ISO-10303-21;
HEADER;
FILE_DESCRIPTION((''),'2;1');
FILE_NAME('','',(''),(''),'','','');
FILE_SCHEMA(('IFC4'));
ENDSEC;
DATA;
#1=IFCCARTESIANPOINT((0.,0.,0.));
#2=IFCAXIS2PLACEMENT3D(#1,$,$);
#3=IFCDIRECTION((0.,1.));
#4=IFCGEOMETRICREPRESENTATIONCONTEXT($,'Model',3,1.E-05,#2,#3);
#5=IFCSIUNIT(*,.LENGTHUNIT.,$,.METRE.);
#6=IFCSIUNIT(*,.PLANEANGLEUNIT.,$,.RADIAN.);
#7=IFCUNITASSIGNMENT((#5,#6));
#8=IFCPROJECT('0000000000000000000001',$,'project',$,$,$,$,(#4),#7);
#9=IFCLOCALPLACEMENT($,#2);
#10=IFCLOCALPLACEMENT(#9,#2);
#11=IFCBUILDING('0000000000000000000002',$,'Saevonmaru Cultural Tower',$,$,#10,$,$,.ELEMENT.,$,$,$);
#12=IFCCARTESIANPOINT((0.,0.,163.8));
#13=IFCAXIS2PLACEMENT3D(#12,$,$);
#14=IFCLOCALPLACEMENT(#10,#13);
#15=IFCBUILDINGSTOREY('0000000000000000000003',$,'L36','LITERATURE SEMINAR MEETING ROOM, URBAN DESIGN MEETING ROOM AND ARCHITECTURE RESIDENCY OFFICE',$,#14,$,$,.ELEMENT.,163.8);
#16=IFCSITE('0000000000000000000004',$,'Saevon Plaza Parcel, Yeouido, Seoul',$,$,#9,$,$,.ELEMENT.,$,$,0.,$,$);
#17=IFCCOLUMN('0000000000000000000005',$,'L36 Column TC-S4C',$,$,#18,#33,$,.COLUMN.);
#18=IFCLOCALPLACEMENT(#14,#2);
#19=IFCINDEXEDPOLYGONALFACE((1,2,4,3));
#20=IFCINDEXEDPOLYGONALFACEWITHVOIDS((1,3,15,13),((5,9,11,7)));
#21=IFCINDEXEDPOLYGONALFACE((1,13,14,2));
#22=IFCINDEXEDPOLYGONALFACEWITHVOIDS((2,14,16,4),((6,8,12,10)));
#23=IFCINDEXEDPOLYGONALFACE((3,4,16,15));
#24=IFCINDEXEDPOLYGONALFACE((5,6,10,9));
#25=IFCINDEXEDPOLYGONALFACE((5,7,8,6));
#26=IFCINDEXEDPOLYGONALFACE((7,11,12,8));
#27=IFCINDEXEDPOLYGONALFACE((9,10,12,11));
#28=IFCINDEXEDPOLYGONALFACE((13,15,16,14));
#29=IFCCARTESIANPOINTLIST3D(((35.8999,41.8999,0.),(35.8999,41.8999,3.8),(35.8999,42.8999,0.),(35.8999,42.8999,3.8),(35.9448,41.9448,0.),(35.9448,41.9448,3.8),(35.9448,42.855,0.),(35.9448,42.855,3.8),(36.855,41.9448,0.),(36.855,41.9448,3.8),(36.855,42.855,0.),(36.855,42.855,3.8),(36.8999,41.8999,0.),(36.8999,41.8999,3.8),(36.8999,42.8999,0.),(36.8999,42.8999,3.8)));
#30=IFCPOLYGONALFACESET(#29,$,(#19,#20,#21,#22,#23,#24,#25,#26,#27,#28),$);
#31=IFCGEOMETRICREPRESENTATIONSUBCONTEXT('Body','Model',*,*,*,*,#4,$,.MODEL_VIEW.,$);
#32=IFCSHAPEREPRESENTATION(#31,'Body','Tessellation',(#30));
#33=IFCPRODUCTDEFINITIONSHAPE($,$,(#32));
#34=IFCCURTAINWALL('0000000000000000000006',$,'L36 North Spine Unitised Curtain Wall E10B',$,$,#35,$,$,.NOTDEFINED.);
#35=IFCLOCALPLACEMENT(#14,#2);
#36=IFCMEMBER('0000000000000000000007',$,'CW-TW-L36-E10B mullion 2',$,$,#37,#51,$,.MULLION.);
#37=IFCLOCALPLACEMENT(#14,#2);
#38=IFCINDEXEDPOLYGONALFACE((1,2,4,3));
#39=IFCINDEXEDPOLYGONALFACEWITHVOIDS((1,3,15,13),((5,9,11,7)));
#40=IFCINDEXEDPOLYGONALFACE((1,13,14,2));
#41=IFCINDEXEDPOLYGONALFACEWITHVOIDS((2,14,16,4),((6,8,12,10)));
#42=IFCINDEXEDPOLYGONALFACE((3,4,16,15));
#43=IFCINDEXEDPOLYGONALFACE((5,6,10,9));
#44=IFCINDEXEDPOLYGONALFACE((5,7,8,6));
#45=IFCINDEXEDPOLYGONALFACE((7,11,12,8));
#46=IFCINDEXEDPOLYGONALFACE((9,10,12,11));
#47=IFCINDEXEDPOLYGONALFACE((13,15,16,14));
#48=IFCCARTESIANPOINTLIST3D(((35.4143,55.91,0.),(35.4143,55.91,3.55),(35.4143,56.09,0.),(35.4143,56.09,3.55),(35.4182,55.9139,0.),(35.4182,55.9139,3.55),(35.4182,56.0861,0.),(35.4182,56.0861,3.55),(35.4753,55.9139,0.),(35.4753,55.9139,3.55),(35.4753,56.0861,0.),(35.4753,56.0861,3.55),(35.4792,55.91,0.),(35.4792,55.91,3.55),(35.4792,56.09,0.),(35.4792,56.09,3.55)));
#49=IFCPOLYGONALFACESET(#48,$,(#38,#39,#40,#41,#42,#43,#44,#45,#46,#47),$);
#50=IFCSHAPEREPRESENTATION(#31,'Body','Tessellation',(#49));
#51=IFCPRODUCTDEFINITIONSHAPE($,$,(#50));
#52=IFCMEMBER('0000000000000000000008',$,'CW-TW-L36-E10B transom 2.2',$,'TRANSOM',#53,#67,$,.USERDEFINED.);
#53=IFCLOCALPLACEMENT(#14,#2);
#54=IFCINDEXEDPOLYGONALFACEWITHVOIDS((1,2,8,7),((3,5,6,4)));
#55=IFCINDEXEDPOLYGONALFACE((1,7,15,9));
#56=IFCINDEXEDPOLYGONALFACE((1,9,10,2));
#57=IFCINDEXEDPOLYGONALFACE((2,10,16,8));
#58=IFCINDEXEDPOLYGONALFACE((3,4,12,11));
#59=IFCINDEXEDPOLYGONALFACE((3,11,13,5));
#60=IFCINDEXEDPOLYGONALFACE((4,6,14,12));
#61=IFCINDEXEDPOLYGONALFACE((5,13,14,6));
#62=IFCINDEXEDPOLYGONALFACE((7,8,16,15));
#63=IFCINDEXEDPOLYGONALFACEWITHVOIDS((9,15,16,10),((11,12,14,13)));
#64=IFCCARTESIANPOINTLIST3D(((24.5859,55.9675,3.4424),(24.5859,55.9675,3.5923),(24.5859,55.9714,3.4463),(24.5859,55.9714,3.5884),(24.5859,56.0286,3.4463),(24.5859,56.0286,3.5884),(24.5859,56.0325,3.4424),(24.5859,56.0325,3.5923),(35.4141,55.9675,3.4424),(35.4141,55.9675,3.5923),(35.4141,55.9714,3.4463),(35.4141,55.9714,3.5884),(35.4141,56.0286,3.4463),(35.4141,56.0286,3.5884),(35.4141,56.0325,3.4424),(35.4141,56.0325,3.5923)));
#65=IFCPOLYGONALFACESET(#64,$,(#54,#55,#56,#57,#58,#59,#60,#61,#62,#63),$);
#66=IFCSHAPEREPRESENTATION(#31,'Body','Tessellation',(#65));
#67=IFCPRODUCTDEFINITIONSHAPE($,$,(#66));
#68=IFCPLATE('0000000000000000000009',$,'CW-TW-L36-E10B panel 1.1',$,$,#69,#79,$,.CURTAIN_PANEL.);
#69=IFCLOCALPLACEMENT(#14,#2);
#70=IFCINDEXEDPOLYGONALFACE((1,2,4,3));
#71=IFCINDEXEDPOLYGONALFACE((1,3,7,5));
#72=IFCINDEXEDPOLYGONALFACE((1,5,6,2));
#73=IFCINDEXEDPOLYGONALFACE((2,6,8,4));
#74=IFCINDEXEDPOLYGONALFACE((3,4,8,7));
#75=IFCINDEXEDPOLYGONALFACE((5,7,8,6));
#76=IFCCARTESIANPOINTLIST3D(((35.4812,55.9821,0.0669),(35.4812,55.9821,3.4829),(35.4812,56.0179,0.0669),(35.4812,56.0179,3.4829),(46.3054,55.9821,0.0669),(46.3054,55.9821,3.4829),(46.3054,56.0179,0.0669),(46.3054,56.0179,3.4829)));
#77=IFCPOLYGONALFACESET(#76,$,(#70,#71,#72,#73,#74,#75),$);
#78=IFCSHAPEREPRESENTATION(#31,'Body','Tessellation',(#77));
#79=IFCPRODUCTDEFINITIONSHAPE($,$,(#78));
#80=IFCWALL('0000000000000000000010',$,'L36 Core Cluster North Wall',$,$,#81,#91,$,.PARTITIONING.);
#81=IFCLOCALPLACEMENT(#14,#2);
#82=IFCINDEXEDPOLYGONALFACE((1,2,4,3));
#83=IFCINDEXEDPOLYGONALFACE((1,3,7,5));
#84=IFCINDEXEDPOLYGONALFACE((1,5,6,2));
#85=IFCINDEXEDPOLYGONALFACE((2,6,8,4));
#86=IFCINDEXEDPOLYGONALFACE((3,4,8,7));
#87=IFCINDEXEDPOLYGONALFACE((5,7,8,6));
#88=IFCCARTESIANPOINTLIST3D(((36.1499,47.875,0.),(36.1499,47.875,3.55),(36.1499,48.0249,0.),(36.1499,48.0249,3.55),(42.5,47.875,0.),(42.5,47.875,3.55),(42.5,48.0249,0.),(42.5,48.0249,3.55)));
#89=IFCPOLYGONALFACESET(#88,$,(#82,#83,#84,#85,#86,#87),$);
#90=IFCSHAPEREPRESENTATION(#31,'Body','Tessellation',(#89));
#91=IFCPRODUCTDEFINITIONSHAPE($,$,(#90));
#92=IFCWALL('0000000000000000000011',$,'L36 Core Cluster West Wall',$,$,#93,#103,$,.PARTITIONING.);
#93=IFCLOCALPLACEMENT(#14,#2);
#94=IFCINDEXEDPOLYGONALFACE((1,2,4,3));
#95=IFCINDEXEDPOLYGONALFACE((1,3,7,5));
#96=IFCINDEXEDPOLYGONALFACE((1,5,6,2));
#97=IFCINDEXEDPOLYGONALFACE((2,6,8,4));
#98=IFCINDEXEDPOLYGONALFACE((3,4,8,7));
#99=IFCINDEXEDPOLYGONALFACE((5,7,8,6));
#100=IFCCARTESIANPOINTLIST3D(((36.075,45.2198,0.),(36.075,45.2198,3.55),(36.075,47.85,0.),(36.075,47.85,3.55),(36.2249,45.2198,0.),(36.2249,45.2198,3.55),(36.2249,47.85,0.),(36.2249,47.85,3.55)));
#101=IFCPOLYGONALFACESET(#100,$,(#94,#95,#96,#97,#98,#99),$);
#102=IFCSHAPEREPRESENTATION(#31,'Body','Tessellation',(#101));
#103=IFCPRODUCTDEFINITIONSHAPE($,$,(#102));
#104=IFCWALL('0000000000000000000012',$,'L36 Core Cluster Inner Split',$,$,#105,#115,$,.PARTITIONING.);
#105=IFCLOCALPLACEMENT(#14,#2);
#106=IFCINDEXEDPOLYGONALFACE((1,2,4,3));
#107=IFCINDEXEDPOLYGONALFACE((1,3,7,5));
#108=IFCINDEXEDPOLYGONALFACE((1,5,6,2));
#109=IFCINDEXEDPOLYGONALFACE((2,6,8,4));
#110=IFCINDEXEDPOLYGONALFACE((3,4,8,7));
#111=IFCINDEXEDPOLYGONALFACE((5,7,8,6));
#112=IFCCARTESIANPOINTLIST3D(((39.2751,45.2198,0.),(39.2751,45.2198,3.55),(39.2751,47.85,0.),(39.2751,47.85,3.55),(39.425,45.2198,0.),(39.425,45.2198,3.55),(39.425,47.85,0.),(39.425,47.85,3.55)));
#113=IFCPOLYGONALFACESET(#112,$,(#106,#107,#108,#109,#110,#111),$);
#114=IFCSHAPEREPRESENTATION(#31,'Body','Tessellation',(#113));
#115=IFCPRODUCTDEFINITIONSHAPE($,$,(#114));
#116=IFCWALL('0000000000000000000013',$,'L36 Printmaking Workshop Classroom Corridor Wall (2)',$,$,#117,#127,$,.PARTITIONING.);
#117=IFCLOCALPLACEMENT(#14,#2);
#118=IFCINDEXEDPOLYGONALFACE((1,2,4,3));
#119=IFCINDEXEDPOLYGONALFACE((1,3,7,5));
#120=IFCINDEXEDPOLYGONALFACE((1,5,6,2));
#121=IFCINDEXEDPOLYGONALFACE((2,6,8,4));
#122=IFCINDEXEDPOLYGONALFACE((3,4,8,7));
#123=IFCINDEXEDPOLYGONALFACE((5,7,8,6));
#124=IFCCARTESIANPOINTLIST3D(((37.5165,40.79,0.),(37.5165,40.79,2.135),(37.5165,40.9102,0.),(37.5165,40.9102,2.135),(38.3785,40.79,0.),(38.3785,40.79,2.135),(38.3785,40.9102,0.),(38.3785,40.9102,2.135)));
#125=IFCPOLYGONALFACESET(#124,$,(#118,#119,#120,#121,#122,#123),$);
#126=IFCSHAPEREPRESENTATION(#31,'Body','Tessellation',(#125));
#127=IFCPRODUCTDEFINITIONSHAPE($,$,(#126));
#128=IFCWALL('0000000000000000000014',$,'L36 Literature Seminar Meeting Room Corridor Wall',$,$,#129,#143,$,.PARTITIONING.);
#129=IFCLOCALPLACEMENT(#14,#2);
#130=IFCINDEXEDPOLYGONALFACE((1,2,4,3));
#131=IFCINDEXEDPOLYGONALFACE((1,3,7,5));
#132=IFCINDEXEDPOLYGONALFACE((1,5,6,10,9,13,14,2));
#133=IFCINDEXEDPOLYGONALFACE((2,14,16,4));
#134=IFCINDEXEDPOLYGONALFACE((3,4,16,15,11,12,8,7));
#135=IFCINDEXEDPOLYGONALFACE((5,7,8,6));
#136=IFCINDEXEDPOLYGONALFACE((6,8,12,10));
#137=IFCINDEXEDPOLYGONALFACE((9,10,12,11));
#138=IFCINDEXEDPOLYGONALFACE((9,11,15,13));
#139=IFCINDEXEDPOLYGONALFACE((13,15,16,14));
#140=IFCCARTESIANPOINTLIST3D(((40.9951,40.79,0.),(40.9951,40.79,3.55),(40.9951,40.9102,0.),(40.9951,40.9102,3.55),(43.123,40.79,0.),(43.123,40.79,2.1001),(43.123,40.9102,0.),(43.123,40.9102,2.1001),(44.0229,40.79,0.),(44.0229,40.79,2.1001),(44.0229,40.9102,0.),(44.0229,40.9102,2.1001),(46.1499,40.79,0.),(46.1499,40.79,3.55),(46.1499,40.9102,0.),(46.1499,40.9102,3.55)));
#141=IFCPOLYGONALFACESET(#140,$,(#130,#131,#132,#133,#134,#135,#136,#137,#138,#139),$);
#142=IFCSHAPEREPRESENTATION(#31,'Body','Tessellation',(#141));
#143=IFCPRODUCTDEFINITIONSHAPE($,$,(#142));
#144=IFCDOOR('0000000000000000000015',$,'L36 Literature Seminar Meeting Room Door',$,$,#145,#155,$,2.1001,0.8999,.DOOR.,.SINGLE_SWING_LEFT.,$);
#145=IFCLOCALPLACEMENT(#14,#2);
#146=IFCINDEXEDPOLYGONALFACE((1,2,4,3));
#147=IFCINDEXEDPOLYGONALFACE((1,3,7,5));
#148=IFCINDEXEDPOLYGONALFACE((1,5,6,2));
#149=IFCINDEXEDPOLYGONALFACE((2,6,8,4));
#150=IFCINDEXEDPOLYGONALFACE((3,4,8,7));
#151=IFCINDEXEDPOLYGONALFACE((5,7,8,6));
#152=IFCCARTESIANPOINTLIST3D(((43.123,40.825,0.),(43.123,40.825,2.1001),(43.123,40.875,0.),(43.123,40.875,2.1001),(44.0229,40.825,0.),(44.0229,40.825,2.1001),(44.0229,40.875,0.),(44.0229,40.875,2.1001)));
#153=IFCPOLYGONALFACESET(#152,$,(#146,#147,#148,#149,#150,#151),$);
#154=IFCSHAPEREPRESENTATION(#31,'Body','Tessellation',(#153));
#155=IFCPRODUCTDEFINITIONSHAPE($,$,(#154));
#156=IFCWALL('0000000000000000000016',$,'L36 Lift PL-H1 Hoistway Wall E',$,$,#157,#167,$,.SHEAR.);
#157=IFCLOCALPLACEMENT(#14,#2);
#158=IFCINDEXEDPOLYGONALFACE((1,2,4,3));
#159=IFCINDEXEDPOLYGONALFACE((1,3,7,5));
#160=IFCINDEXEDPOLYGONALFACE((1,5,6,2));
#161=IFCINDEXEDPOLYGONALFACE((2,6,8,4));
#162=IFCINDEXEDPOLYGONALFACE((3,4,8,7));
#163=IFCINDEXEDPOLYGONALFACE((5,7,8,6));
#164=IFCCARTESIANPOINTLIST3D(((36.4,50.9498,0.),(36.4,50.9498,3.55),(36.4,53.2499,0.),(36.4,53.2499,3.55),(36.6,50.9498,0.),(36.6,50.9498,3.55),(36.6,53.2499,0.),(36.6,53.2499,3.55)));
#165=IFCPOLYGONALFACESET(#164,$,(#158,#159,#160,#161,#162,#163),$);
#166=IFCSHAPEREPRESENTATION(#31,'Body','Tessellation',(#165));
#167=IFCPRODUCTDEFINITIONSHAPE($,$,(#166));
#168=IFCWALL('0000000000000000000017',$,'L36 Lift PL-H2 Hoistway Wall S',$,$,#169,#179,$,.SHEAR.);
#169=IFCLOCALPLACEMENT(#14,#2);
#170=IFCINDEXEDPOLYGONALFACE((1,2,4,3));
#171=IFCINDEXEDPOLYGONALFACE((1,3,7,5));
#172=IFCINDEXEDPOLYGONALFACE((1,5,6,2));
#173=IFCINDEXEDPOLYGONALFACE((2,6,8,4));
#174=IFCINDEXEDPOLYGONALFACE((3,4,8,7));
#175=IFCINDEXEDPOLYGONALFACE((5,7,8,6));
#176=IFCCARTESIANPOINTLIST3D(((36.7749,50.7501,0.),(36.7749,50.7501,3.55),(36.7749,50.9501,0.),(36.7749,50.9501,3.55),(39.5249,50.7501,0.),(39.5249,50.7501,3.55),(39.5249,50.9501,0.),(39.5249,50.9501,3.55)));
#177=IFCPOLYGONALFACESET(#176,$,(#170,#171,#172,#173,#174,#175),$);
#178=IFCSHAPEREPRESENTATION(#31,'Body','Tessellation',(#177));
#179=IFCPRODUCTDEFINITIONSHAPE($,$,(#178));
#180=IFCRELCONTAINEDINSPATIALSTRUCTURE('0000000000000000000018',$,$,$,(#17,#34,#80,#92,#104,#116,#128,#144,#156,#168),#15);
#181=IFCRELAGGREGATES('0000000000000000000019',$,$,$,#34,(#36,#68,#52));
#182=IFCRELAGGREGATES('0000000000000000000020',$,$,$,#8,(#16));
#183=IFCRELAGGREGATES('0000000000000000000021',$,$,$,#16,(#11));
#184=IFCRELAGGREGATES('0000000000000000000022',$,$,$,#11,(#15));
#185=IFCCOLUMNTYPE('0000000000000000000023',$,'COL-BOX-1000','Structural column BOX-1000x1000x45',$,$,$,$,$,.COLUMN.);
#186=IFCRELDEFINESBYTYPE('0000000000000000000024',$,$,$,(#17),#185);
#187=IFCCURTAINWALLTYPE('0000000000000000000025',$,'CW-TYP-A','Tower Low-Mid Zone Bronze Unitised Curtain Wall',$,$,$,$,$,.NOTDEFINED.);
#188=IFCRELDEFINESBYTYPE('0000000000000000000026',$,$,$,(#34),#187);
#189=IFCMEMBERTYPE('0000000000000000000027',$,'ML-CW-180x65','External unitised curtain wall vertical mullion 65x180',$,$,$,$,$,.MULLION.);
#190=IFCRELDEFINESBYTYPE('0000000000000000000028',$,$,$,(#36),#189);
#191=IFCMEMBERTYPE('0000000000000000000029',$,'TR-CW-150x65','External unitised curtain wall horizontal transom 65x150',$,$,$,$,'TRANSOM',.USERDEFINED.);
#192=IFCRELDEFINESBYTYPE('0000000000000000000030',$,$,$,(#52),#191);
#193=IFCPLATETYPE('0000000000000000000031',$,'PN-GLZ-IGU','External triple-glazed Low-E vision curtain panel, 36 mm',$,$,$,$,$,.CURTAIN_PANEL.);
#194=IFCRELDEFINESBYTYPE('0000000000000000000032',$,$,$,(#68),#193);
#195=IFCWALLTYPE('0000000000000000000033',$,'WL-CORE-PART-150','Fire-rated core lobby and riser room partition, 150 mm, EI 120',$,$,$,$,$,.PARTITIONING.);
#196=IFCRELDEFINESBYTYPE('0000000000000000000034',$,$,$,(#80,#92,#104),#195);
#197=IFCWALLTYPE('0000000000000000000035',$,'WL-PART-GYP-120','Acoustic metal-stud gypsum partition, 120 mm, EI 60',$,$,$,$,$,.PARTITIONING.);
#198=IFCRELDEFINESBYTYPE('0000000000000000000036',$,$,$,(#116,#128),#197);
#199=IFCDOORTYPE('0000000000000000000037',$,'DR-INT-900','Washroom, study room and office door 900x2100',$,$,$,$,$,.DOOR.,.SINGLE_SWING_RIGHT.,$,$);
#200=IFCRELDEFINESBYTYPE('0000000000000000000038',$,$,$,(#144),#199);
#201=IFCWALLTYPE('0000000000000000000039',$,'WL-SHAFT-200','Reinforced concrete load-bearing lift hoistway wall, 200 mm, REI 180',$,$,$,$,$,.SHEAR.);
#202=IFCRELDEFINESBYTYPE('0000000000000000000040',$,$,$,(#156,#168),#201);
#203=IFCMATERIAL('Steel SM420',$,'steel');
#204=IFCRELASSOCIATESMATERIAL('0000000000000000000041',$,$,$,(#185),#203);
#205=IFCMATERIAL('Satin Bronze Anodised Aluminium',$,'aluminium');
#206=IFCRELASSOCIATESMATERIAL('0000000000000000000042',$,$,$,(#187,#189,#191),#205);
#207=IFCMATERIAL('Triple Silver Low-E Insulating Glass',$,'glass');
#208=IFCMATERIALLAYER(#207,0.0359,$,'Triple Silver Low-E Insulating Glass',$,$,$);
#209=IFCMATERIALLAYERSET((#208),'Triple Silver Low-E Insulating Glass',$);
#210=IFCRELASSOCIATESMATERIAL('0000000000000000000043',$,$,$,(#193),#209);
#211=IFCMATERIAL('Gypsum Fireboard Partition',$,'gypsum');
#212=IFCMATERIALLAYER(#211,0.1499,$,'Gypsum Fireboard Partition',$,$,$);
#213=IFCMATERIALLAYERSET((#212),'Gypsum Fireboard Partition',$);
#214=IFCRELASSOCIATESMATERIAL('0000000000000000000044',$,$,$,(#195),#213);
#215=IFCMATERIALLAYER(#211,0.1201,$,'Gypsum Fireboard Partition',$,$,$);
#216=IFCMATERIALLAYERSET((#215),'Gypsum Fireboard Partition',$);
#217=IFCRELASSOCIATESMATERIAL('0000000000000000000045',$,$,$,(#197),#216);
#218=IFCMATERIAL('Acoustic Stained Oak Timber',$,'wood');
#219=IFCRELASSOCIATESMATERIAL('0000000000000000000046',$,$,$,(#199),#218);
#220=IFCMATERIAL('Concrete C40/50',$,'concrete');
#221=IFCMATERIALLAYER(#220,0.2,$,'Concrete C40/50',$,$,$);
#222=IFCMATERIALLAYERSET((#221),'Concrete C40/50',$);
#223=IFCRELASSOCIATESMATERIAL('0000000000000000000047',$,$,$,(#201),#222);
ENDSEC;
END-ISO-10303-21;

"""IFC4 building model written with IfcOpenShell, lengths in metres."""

from ifc_helpers import new_model, si_unit, direction, frame, frame_2d, origin, origin_2d, place, context, subcontext, project, spatial, rectangle, hollow_rectangle, extrude, material, layer, layer_set, material_profile, profile_set, type_object, element, fill, aggregate, save


model = new_model("IFC4")

# Units and contexts
model_context = context("Model", 3, precision=1e-05, world=origin(), true_north=direction((0.0, 1.0)))
body_context = subcontext(model_context, "Body", "Model", "MODEL_VIEW")
ifc_project = project(units=[si_unit("LENGTHUNIT", "METRE"), si_unit("PLANEANGLEUNIT", "RADIAN")], contexts=[model_context])

# Site, building, storey
site_placement = place(None, origin())
site = spatial("IfcSite", under=ifc_project, at=site_placement, Name="Saevon Plaza Parcel, Yeouido, Seoul", CompositionType="ELEMENT", RefElevation=0.0)
building_placement = place(site_placement, origin())
building = spatial("IfcBuilding", under=site, at=building_placement, Name="Saevonmaru Cultural Tower", CompositionType="ELEMENT")
storey_placement = place(building_placement, frame((0.0, 0.0, 163.8)))
storey = spatial("IfcBuildingStorey", under=building, at=storey_placement, Name="L36", Description="LITERATURE SEMINAR MEETING ROOM, URBAN DESIGN MEETING ROOM AND ARCHITECTURE RESIDENCY OFFICE", CompositionType="ELEMENT", Elevation=163.8)

# Column
ifc_material_1 = material(Name="Steel SM420", Category="steel")
ifc_material_profile_1 = material_profile(ifc_material_1, hollow_rectangle(XDim=1.0, YDim=1.0, WallThickness=0.0449, at=origin_2d()), Name="BOX-1000x1000x45")
ifc_profile_set_1 = profile_set([ifc_material_profile_1], Name="Steel SM420")
column_type = type_object("IfcColumnType", Name="COL-BOX-1000", Description="Structural column BOX-1000x1000x45", PredefinedType="COLUMN", material=ifc_profile_set_1)
column_placement = place(storey_placement, frame((36.3999, 42.3999, 0.0), z_axis=(0.0, 0.0, 1.0), x_axis=(1.0, 0.0, 0.0)))
element("IfcColumn", 1, at=column_placement, inside=storey, type_object=column_type, Name="L36 Column TC-S4C", PredefinedType="COLUMN", context=body_context, shape_type="SweptSolid", body=[
    extrude(hollow_rectangle(XDim=1.0, YDim=1.0, WallThickness=0.0449, at=origin_2d()), origin(), (0.0, 0.0, 1.0), 3.8),
])

# Curtain wall, members, plate
ifc_material_2 = material(Name="Satin Bronze Anodised Aluminium", Category="aluminium")
curtain_wall_type = type_object("IfcCurtainWallType", Name="CW-TYP-A", Description="Tower Low-Mid Zone Bronze Unitised Curtain Wall", PredefinedType="NOTDEFINED", material=ifc_material_2)
curtain_wall_placement = place(storey_placement, origin())
curtain_wall = element("IfcCurtainWall", 2, at=curtain_wall_placement, inside=storey, type_object=curtain_wall_type, Name="L36 North Spine Unitised Curtain Wall E10B", PredefinedType="NOTDEFINED")
ifc_material_profile_2 = material_profile(ifc_material_2, hollow_rectangle(XDim=0.0649, YDim=0.1799, WallThickness=0.0039, at=origin_2d()), Name="ALU-MULL-180x65x4")
ifc_profile_set_2 = profile_set([ifc_material_profile_2], Name="Satin Bronze Anodised Aluminium")
member_type_1 = type_object("IfcMemberType", Name="ML-CW-180x65", Description="External unitised curtain wall vertical mullion 65x180", PredefinedType="MULLION", material=ifc_profile_set_2)
member_1_placement = place(storey_placement, frame((35.4468, 56.0, 0.0), z_axis=(0.0, 0.0, 1.0), x_axis=(-1.0, 0.0, 0.0)))
member_1 = element("IfcMember", 3, at=member_1_placement, type_object=member_type_1, Name="CW-TW-L36-E10B mullion 2", PredefinedType="MULLION", context=body_context, shape_type="SweptSolid", body=[
    extrude(hollow_rectangle(XDim=0.0649, YDim=0.1799, WallThickness=0.0039, at=origin_2d()), origin(), (0.0, 0.0, 1.0), 3.55),
])
ifc_material_profile_3 = material_profile(ifc_material_2, hollow_rectangle(XDim=0.0649, YDim=0.1499, WallThickness=0.0039, at=origin_2d()), Name="ALU-TRAN-150x65x4")
ifc_profile_set_3 = profile_set([ifc_material_profile_3], Name="Satin Bronze Anodised Aluminium")
member_type_2 = type_object("IfcMemberType", Name="TR-CW-150x65", Description="External unitised curtain wall horizontal transom 65x150", ElementType="TRANSOM", PredefinedType="USERDEFINED", material=ifc_profile_set_3)
member_2_placement = place(storey_placement, frame((35.4141, 56.0, 3.5173), z_axis=(-1.0, 0.0, 0.0), x_axis=(0.0, -1.0, 0.0)))
member_2 = element("IfcMember", 4, at=member_2_placement, type_object=member_type_2, Name="CW-TW-L36-E10B transom 2.2", ObjectType="TRANSOM", PredefinedType="USERDEFINED", context=body_context, shape_type="SweptSolid", body=[
    extrude(hollow_rectangle(XDim=0.0649, YDim=0.1499, WallThickness=0.0039, at=origin_2d()), origin(), (0.0, 0.0, 1.0), 10.8281),
])
ifc_material_3 = material(Name="Triple Silver Low-E Insulating Glass", Category="glass")
ifc_layer_1 = layer(ifc_material_3, 0.0359, Name="Triple Silver Low-E Insulating Glass")
ifc_layer_set_1 = layer_set([ifc_layer_1], Name="Triple Silver Low-E Insulating Glass")
plate_type = type_object("IfcPlateType", Name="PN-GLZ-IGU", Description="External triple-glazed Low-E vision curtain panel, 36 mm", PredefinedType="CURTAIN_PANEL", material=ifc_layer_set_1)
plate_placement = place(storey_placement, frame((40.8933, 56.0, 0.0669), z_axis=(0.0, 0.0, 1.0), x_axis=(-1.0, 0.0, 0.0)))
plate = element("IfcPlate", 5, at=plate_placement, type_object=plate_type, Name="CW-TW-L36-E10B panel 1.1", PredefinedType="CURTAIN_PANEL", context=body_context, shape_type="SweptSolid", body=[
    extrude(rectangle(XDim=10.8242, YDim=0.0359, at=origin_2d()), origin(), (0.0, 0.0, 1.0), 3.416),
])
aggregate(curtain_wall, [member_1, plate, member_2])

# Shared definitions
ifc_material_4 = material(Name="Gypsum Fireboard Partition", Category="gypsum")
ifc_layer_2 = layer(ifc_material_4, 0.1499, Name="Gypsum Fireboard Partition")
ifc_layer_set_2 = layer_set([ifc_layer_2], Name="Gypsum Fireboard Partition")
wall_type_1 = type_object("IfcWallType", Name="WL-CORE-PART-150", Description="Fire-rated core lobby and riser room partition, 150 mm, EI 120", PredefinedType="PARTITIONING", material=ifc_layer_set_2)

# Walls
wall_1_placement = place(storey_placement, frame((36.1499, 47.95, 0.0), z_axis=(0.0, 0.0, 1.0), x_axis=(1.0, 0.0, 0.0)))
element("IfcWall", 6, at=wall_1_placement, inside=storey, type_object=wall_type_1, Name="L36 Core Cluster North Wall", PredefinedType="PARTITIONING", context=body_context, shape_type="SweptSolid", body=[
    extrude(rectangle(XDim=6.3501, YDim=0.1499, at=frame_2d((3.175, 0.0))), origin(), (0.0, 0.0, 1.0), 3.55),
])
for number, where, z_axis, x_axis, name in (
    (7, (36.1499, 45.22, 0.0), (0.0, 0.0, 1.0), (0.0, 1.0, 0.0), "L36 Core Cluster West Wall"),
    (8, (39.3501, 45.22, 0.0), (0.0, 0.0, 1.0), (0.0, 1.0, 0.0), "L36 Core Cluster Inner Split"),
):
    element("IfcWall", number, at=place(storey_placement, frame(where, z_axis=z_axis, x_axis=x_axis)), inside=storey, type_object=wall_type_1, Name=name, PredefinedType="PARTITIONING", context=body_context, shape_type="SweptSolid", body=[
        extrude(rectangle(XDim=2.6301, YDim=0.1499, at=frame_2d((1.3149, 0.0))), origin(), (0.0, 0.0, 1.0), 3.55),
    ])
ifc_layer_3 = layer(ifc_material_4, 0.1201, Name="Gypsum Fireboard Partition")
ifc_layer_set_3 = layer_set([ifc_layer_3], Name="Gypsum Fireboard Partition")
wall_type_2 = type_object("IfcWallType", Name="WL-PART-GYP-120", Description="Acoustic metal-stud gypsum partition, 120 mm, EI 60", PredefinedType="PARTITIONING", material=ifc_layer_set_3)
wall_2_placement = place(storey_placement, frame((37.5164, 40.8501, 0.0), z_axis=(0.0, 0.0, 1.0), x_axis=(1.0, 0.0, 0.0)))
element("IfcWall", 9, at=wall_2_placement, inside=storey, type_object=wall_type_2, Name="L36 Printmaking Workshop Classroom Corridor Wall (2)", PredefinedType="PARTITIONING", context=body_context, shape_type="SweptSolid", body=[
    extrude(rectangle(XDim=0.8621, YDim=0.1201, at=frame_2d((0.4312, 0.0))), origin(), (0.0, 0.0, 1.0), 2.135),
])

# Wall, opening, door
wall_3_placement = place(storey_placement, frame((40.9951, 40.8501, 0.0), z_axis=(0.0, 0.0, 1.0), x_axis=(1.0, 0.0, 0.0)))
wall_3 = element("IfcWall", 10, at=wall_3_placement, inside=storey, type_object=wall_type_2, Name="L36 Literature Seminar Meeting Room Corridor Wall", PredefinedType="PARTITIONING", context=body_context, shape_type="SweptSolid", body=[
    extrude(rectangle(XDim=5.1548, YDim=0.1201, at=frame_2d((2.5774, 0.0))), origin(), (0.0, 0.0, 1.0), 3.55),
])
opening_1_placement = place(wall_3_placement, frame((2.1279, 0.0, 0.0)))
opening_1 = element("IfcOpeningElement", 11, at=opening_1_placement, cuts=wall_3, PredefinedType="OPENING", context=body_context, shape_type="SweptSolid", body=[
    extrude(rectangle(XDim=0.8999, YDim=2.1001, at=frame_2d((0.45, 1.05))), frame((0.0, 0.0701, 0.0), z_axis=(0.0, -1.0, 0.0), x_axis=(1.0, 0.0, 0.0)), (0.0, 0.0, 1.0), 0.1401),
])
ifc_material_5 = material(Name="Acoustic Stained Oak Timber", Category="wood")
door_type_1 = type_object("IfcDoorType", Name="DR-INT-900", Description="Washroom, study room and office door 900x2100", OperationType="SINGLE_SWING_RIGHT", PredefinedType="DOOR", material=ifc_material_5)
door_1_placement = place(opening_1_placement, origin())
door_1 = element("IfcDoor", 12, at=door_1_placement, inside=storey, type_object=door_type_1, Name="L36 Literature Seminar Meeting Room Door", OperationType="SINGLE_SWING_LEFT", OverallHeight=2.1001, OverallWidth=0.8999, PredefinedType="DOOR", context=body_context, shape_type="SweptSolid", body=[
    extrude(rectangle(XDim=0.8999, YDim=2.1001, at=frame_2d((0.45, 1.05))), frame((0.0, 0.0249, 0.0), z_axis=(0.0, -1.0, 0.0), x_axis=(1.0, 0.0, 0.0)), (0.0, 0.0, 1.0), 0.05),
])
fill(opening_1, door_1)

# Walls
ifc_material_6 = material(Name="Concrete C40/50", Category="concrete")
ifc_layer_4 = layer(ifc_material_6, 0.2, Name="Concrete C40/50")
ifc_layer_set_4 = layer_set([ifc_layer_4], Name="Concrete C40/50")
wall_type_3 = type_object("IfcWallType", Name="WL-SHAFT-200", Description="Reinforced concrete load-bearing lift hoistway wall, 200 mm, REI 180", PredefinedType="SHEAR", material=ifc_layer_set_4)
wall_4_placement = place(storey_placement, frame((36.5, 50.95, 0.0), z_axis=(0.0, 0.0, 1.0), x_axis=(0.0, 1.0, 0.0)))
element("IfcWall", 13, at=wall_4_placement, inside=storey, type_object=wall_type_3, Name="L36 Lift PL-H1 Hoistway Wall E", PredefinedType="SHEAR", context=body_context, shape_type="SweptSolid", body=[
    extrude(rectangle(XDim=2.3, YDim=0.2, at=frame_2d((1.1499, 0.0))), origin(), (0.0, 0.0, 1.0), 3.55),
])
for number, where, z_axis, x_axis, name in (
    (14, (36.7749, 50.8501, 0.0), (0.0, 0.0, 1.0), (1.0, 0.0, 0.0), "L36 Lift PL-H2 Hoistway Wall S"),
):
    element("IfcWall", number, at=place(storey_placement, frame(where, z_axis=z_axis, x_axis=x_axis)), inside=storey, type_object=wall_type_3, Name=name, PredefinedType="SHEAR", context=body_context, shape_type="SweptSolid", body=[
        extrude(rectangle(XDim=2.75, YDim=0.2, at=frame_2d((1.375, 0.0))), origin(), (0.0, 0.0, 1.0), 3.55),
    ])

save(model, "model.ifc")
